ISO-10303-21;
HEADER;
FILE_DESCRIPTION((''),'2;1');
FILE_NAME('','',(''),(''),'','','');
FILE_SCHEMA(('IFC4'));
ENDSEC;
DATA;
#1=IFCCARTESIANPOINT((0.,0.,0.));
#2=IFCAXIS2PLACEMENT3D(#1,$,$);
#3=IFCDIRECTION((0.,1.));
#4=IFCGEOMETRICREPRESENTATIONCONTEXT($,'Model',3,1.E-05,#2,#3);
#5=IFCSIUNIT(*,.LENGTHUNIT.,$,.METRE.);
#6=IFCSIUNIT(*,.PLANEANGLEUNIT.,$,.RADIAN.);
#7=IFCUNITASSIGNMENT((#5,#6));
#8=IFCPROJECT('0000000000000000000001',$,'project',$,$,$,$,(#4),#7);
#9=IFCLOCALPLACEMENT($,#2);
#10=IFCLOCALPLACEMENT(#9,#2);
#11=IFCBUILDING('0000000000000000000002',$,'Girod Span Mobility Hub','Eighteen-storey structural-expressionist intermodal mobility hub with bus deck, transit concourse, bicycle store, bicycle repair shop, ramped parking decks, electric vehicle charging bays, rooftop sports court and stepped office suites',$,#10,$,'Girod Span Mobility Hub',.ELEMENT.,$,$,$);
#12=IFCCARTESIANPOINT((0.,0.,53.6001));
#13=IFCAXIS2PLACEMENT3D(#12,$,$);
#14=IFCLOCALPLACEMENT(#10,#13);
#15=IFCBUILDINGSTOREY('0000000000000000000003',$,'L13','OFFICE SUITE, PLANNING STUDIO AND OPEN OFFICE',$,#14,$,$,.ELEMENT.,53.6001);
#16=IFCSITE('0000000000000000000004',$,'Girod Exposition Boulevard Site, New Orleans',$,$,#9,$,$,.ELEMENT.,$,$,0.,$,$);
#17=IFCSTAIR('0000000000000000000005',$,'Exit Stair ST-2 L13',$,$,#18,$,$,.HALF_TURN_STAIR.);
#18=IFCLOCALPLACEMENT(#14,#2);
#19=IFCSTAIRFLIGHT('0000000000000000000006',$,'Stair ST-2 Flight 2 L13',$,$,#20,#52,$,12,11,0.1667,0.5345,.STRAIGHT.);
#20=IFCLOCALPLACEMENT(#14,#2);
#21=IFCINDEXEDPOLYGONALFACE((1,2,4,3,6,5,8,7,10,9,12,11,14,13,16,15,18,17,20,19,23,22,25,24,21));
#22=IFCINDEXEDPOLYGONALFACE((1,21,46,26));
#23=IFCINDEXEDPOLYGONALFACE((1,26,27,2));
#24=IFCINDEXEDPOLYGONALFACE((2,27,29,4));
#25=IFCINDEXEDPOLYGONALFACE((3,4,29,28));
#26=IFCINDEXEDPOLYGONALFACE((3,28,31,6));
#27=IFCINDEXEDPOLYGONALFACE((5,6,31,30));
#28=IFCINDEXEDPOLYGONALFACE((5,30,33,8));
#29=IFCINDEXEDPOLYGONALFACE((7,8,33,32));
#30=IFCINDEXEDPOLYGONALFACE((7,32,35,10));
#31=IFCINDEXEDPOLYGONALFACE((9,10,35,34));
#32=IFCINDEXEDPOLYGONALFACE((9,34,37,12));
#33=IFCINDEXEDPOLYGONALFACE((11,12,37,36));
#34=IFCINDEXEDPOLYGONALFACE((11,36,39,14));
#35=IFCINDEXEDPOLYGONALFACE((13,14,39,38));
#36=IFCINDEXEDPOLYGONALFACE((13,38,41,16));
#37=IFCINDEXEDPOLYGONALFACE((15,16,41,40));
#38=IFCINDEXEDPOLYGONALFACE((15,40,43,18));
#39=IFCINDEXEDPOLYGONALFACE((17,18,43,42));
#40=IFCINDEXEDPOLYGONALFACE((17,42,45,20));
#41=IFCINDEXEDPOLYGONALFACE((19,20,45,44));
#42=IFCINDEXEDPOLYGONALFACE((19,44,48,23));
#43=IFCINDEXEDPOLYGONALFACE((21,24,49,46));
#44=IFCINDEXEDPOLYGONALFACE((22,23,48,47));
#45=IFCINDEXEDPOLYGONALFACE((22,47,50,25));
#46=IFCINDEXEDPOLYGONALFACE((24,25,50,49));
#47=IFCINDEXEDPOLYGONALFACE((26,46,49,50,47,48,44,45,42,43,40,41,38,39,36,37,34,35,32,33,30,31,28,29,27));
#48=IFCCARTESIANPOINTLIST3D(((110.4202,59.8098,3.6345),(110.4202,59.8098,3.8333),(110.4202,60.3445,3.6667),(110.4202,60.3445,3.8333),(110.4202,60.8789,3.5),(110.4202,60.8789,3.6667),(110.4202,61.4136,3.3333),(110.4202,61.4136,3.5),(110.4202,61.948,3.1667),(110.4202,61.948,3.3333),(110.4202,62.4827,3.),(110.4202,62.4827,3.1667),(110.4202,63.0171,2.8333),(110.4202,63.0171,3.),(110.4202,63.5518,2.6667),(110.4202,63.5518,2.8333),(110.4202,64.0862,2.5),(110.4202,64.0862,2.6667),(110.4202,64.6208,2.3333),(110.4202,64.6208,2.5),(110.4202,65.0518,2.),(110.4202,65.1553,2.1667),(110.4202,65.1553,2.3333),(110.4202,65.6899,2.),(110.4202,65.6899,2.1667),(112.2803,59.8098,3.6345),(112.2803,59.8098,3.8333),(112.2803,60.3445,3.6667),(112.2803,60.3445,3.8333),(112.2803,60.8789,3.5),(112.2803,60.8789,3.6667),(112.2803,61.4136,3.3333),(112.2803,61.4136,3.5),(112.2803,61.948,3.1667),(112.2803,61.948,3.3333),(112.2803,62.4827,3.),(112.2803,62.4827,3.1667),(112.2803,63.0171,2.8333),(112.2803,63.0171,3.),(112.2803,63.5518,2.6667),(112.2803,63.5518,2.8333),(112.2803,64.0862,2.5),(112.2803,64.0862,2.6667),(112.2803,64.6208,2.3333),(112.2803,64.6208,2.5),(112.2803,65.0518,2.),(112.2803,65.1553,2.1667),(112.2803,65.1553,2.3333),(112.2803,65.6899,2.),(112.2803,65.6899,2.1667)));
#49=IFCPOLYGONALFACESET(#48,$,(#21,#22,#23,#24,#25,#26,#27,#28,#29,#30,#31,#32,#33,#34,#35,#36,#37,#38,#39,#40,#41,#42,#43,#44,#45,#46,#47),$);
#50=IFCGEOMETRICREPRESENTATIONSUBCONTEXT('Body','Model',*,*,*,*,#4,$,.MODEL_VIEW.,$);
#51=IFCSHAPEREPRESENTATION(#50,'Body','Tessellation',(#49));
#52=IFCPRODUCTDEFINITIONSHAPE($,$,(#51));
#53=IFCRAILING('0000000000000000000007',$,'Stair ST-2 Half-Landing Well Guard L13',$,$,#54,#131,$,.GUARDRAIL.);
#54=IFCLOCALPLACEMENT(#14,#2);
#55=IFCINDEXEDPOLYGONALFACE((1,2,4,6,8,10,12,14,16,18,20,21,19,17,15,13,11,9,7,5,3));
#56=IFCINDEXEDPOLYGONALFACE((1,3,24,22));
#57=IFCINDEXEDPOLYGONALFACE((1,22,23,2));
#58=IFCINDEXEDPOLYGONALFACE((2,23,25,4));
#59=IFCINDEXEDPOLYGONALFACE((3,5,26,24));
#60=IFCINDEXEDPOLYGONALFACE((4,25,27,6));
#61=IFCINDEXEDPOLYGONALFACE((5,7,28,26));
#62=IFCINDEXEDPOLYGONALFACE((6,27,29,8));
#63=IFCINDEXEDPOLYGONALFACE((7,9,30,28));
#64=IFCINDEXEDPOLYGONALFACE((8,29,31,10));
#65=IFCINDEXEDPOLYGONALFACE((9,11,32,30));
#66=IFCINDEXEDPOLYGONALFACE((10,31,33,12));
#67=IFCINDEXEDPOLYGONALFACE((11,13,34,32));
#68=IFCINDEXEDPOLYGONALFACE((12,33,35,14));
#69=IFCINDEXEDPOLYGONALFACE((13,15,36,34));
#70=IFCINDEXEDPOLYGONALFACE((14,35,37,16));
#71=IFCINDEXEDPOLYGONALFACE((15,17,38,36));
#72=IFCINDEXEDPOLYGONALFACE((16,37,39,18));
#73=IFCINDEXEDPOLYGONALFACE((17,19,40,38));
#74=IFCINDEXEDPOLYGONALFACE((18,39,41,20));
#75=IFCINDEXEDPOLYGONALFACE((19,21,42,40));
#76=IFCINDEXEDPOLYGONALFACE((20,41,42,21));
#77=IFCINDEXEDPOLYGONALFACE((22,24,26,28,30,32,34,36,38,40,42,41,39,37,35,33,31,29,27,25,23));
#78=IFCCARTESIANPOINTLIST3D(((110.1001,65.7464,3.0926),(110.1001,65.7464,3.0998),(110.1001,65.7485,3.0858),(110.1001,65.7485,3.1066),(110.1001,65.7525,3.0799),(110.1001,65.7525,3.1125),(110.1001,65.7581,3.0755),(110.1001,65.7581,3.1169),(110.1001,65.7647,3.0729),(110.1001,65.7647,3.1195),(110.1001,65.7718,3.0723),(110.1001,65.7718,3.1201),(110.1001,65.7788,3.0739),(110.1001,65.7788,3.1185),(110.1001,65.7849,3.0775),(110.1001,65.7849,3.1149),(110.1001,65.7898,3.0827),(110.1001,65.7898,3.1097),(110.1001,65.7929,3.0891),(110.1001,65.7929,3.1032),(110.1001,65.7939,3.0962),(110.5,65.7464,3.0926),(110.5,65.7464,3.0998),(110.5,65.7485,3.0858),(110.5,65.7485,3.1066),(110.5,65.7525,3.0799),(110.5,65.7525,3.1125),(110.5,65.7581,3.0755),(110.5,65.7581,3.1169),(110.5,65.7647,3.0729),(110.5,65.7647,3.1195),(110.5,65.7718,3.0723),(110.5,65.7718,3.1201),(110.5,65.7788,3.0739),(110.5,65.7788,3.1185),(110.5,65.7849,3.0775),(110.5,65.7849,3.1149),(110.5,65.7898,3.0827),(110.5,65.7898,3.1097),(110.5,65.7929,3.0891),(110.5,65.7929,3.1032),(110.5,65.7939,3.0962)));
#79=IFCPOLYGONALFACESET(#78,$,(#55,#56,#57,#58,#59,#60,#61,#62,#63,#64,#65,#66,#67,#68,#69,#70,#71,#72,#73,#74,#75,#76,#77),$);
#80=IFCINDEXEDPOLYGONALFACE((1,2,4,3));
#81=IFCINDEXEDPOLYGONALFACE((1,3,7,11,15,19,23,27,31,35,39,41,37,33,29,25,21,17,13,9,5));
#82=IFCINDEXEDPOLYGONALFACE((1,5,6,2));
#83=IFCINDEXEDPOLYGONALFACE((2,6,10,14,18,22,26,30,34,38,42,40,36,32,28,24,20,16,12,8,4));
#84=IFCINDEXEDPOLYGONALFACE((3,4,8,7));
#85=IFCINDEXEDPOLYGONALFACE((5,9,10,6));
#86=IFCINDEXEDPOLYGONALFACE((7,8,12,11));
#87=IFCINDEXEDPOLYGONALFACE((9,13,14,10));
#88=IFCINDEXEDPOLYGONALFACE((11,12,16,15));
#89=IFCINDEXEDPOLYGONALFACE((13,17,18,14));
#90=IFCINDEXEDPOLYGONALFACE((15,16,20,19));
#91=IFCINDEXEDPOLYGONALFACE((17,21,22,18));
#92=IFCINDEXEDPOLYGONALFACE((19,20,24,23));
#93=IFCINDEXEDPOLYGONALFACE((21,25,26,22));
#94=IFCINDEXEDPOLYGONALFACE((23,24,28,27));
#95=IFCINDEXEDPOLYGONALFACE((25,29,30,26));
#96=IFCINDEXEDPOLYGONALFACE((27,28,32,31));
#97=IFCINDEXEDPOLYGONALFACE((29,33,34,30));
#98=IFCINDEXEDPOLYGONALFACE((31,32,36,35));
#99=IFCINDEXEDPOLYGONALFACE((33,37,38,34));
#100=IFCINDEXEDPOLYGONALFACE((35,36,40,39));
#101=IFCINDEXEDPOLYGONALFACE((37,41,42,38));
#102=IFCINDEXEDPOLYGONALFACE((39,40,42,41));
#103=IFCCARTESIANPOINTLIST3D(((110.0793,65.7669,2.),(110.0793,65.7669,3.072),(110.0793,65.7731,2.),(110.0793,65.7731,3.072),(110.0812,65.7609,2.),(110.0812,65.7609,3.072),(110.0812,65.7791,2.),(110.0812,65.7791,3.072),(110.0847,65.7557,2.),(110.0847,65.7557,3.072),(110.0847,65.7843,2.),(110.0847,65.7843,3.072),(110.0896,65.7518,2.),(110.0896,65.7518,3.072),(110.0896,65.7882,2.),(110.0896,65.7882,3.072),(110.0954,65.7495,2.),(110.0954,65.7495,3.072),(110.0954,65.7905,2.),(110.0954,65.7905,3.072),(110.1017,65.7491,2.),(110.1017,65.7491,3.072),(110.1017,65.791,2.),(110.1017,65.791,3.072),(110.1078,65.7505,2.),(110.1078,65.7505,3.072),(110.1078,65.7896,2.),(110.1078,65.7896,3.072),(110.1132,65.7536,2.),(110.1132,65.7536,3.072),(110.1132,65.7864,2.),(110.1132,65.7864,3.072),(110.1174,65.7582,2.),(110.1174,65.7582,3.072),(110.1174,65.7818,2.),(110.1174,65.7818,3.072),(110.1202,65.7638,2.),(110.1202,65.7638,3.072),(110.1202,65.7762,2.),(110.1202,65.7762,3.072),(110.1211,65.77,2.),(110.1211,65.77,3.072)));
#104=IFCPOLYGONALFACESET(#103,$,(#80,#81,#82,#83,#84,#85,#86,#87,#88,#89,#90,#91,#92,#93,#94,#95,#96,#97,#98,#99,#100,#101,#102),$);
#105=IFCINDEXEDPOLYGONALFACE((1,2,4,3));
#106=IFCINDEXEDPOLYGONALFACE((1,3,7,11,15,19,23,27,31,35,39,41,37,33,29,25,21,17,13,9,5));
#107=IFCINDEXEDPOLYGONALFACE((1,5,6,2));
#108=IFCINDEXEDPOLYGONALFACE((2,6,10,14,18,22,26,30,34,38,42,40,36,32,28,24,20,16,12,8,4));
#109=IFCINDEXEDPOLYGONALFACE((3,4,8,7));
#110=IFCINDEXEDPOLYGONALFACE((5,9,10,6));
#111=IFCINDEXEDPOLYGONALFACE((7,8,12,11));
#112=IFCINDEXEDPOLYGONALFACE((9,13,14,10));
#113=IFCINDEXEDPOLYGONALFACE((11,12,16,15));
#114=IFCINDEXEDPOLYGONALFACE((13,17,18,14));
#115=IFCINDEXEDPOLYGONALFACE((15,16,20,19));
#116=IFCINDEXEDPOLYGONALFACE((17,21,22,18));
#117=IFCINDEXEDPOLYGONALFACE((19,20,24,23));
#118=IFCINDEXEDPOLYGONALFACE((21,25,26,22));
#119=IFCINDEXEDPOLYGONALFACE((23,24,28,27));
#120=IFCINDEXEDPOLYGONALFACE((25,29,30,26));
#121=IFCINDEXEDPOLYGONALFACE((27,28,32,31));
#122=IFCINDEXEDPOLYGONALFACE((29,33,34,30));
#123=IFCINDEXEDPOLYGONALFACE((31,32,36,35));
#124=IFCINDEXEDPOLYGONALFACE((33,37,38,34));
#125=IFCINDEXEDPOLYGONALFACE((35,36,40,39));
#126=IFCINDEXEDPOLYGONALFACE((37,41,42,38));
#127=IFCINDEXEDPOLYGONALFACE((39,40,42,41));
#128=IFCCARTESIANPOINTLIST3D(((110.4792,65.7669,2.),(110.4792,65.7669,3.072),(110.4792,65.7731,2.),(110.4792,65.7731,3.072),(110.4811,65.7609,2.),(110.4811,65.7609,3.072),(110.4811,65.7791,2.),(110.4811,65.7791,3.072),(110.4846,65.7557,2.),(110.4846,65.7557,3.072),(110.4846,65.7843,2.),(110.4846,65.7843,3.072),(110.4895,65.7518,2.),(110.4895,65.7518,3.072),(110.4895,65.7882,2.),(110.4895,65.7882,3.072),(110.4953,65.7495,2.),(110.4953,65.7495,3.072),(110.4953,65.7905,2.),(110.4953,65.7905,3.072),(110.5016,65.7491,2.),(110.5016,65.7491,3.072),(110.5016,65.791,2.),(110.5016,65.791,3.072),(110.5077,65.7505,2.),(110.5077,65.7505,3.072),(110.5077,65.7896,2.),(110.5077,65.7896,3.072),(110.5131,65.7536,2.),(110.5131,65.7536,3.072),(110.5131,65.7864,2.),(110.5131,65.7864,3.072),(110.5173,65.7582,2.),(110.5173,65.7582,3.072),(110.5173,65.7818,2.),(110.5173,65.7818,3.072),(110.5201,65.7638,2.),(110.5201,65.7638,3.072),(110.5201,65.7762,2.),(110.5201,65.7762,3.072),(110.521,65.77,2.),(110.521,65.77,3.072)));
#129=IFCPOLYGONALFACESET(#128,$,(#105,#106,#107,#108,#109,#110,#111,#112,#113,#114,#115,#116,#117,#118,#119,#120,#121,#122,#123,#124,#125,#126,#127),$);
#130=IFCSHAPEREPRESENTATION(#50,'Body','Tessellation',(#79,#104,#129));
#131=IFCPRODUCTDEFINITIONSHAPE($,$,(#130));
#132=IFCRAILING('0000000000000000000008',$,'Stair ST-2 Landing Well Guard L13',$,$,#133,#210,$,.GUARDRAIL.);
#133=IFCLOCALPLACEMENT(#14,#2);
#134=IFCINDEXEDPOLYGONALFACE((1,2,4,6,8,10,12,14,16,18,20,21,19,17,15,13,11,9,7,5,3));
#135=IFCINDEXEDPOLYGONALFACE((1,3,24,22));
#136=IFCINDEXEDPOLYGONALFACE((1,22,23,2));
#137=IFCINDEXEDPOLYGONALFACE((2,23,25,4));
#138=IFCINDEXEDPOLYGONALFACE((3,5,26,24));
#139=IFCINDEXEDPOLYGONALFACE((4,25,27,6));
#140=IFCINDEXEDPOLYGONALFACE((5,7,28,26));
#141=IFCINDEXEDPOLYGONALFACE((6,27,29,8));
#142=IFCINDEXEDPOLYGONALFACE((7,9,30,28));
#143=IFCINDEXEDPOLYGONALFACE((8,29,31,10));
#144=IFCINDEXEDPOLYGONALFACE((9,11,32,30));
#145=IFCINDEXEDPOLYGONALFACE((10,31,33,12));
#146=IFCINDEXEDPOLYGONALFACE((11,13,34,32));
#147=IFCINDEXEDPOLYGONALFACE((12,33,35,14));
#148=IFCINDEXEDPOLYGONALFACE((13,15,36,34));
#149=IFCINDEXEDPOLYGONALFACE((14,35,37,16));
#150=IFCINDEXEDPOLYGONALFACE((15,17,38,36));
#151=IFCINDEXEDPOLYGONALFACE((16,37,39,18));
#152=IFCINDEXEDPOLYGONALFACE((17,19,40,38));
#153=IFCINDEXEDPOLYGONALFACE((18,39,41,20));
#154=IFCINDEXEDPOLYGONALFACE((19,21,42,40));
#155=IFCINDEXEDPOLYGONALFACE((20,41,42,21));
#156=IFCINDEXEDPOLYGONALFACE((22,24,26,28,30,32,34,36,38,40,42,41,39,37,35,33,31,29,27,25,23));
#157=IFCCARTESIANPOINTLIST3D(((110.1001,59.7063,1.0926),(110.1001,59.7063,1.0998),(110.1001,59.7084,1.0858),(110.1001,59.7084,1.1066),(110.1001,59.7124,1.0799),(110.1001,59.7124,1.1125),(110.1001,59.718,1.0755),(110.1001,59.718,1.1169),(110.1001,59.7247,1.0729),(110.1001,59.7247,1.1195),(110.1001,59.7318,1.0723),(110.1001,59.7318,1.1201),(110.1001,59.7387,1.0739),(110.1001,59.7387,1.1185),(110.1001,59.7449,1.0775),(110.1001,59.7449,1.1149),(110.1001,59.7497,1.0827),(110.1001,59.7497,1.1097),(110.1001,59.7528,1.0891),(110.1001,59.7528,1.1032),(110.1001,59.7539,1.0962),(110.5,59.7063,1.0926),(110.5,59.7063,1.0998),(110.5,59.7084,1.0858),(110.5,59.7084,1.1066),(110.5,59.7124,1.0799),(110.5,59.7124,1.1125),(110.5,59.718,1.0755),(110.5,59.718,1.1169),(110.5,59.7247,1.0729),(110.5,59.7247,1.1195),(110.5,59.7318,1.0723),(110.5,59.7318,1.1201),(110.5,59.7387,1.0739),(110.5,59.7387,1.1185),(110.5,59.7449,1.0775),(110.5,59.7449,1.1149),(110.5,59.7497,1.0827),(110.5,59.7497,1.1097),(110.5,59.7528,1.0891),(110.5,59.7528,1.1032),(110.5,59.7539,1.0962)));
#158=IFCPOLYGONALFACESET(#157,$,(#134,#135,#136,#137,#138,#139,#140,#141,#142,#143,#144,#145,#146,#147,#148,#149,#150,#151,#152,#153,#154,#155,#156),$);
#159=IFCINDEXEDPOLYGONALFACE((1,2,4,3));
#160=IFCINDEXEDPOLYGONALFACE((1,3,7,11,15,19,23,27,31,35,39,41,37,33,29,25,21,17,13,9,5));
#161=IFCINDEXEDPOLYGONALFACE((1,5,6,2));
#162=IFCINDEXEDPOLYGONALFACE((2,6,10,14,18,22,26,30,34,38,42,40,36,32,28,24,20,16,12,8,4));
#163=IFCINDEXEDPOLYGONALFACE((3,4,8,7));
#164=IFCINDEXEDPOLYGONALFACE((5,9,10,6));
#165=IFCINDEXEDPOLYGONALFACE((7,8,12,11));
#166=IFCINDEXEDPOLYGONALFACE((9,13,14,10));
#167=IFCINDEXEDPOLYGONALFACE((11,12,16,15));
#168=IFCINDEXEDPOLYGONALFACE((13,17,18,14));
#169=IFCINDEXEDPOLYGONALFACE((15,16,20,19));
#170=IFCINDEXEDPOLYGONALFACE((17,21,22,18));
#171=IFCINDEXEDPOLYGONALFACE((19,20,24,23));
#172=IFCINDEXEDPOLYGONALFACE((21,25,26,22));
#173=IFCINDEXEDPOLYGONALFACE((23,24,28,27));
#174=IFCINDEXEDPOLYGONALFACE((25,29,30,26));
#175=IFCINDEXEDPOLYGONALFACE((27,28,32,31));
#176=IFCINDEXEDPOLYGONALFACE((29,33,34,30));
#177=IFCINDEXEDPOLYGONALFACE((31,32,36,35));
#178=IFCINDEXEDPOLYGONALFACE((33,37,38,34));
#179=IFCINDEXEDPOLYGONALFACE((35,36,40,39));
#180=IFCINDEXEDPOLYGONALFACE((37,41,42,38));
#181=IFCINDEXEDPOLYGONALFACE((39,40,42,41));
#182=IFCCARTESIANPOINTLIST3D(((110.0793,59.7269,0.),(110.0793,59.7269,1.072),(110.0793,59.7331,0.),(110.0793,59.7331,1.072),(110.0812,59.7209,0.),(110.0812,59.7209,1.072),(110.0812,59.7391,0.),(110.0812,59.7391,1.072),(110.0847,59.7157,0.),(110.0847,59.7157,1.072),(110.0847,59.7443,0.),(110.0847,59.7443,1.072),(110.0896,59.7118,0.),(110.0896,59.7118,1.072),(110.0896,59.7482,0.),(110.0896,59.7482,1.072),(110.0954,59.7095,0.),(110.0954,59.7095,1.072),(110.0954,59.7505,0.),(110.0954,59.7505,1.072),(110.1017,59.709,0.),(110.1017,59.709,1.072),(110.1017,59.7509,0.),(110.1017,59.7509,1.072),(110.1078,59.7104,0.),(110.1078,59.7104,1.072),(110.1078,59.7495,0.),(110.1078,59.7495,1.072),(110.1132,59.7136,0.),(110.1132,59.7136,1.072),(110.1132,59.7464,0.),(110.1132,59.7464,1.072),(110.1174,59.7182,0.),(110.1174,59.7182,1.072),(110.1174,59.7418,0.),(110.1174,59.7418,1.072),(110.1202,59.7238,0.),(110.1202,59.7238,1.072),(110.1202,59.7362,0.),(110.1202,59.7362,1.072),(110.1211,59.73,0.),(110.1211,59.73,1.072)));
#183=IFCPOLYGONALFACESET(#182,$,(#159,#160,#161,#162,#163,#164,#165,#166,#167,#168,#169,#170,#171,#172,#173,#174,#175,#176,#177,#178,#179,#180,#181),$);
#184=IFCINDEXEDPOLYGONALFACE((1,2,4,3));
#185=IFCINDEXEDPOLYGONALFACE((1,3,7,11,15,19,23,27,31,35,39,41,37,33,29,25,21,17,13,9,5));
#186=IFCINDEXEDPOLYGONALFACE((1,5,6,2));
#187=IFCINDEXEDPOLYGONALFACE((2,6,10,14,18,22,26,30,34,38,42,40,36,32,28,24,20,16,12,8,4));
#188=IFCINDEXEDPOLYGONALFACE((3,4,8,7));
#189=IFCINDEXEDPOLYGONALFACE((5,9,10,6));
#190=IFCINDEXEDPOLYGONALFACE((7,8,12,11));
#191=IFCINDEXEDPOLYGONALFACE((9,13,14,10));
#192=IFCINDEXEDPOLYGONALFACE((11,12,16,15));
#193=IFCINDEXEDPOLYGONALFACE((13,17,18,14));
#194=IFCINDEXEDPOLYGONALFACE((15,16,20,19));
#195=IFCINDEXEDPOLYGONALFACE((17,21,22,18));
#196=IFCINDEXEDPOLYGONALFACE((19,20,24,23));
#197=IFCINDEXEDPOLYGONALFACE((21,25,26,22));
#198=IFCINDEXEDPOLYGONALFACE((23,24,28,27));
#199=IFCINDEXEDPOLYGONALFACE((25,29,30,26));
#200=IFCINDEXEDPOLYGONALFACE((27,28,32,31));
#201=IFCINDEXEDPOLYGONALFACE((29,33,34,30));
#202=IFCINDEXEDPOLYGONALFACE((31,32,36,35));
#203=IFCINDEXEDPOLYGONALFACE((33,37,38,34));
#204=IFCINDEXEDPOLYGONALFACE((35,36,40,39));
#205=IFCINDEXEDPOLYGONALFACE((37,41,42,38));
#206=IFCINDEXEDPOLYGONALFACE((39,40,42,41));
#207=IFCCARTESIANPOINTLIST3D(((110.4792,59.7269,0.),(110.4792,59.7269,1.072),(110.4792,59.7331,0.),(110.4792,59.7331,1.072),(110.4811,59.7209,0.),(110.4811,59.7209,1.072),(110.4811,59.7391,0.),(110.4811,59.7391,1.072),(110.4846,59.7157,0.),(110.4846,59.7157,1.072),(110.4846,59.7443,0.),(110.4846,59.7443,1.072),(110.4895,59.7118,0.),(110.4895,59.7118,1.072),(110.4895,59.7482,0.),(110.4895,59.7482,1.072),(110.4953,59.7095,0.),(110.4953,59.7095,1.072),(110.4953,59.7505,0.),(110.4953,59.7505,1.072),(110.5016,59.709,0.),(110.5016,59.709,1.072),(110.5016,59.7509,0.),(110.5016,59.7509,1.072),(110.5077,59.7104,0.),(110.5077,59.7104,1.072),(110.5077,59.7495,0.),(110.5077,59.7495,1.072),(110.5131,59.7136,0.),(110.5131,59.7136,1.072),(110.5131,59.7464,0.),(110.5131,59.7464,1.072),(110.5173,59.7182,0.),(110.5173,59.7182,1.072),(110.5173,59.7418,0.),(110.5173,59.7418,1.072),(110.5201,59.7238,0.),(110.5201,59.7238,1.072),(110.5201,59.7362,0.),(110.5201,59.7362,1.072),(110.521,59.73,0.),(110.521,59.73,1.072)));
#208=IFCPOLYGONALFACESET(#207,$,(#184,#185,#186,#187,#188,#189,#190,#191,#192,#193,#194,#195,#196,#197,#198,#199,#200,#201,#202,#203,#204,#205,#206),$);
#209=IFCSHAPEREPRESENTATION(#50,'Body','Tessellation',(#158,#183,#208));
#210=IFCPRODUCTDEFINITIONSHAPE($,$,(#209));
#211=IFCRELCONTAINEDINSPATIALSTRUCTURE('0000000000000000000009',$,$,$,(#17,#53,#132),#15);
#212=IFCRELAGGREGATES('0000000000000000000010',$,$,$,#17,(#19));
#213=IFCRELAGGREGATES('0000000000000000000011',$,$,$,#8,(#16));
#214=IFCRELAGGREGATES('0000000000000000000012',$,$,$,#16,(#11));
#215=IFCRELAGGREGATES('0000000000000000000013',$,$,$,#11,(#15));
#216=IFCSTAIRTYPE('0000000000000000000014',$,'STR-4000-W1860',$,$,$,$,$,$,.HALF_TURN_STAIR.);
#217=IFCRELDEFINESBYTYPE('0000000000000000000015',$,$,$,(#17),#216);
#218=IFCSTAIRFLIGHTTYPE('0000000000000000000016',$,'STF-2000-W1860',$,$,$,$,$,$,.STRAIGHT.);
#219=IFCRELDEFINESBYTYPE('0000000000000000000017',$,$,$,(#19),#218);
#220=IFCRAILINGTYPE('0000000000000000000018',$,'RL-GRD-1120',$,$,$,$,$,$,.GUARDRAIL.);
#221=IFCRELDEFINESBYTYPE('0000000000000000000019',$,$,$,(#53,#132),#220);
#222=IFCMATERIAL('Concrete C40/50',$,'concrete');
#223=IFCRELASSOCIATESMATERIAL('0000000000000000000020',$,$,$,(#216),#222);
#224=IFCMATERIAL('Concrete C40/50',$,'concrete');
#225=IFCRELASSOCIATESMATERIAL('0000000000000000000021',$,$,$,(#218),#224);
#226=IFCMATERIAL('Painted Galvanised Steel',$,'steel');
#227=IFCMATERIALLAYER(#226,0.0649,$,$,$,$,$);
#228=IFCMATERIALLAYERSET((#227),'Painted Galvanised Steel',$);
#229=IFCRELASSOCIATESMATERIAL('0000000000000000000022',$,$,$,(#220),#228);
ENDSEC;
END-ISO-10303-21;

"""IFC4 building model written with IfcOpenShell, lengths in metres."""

from ifc_helpers import new_model, si_unit, direction, frame, origin, origin_2d, place, context, subcontext, project, spatial, polyline, circle, outline, extrude, material, layer, layer_set, type_object, element, aggregate, save


model = new_model("IFC4")

# Units and contexts
model_context = context("Model", 3, precision=1e-05, world=origin(), true_north=direction((0.0, 1.0)))
body_context = subcontext(model_context, "Body", "Model", "MODEL_VIEW")
ifc_project = project(units=[si_unit("LENGTHUNIT", "METRE"), si_unit("PLANEANGLEUNIT", "RADIAN")], contexts=[model_context])

# Site, building, storey
site_placement = place(None, origin())
site = spatial("IfcSite", under=ifc_project, at=site_placement, Name="Girod Exposition Boulevard Site, New Orleans", CompositionType="ELEMENT", RefElevation=0.0)
building_placement = place(site_placement, origin())
building = spatial("IfcBuilding", under=site, at=building_placement, Name="Girod Span Mobility Hub", Description="Eighteen-storey structural-expressionist intermodal mobility hub with bus deck, transit concourse, bicycle store, bicycle repair shop, ramped parking decks, electric vehicle charging bays, rooftop sports court and stepped office suites", LongName="Girod Span Mobility Hub", CompositionType="ELEMENT")
storey_placement = place(building_placement, frame((0.0, 0.0, 53.6001)))
storey = spatial("IfcBuildingStorey", under=building, at=storey_placement, Name="L13", Description="OFFICE SUITE, PLANNING STUDIO AND OPEN OFFICE", CompositionType="ELEMENT", Elevation=53.6001)

# Stair, stair flight
ifc_material_1 = material(Name="Concrete C40/50", Category="concrete")
stair_type = type_object("IfcStairType", Name="STR-4000-W1860", PredefinedType="HALF_TURN_STAIR", material=ifc_material_1)
stair_placement = place(storey_placement, origin())
stair = element("IfcStair", 1, at=stair_placement, inside=storey, type_object=stair_type, Name="Exit Stair ST-2 L13", PredefinedType="HALF_TURN_STAIR")
ifc_material_2 = material(Name="Concrete C40/50", Category="concrete")
stair_flight_type = type_object("IfcStairFlightType", Name="STF-2000-W1860", PredefinedType="STRAIGHT", material=ifc_material_2)
stair_flight_1_placement = place(storey_placement, frame((111.3501, 65.6899, 2.0), z_axis=(0.0, 0.0, 1.0), x_axis=(0.0, -1.0, 0.0)))
stair_flight_1 = element("IfcStairFlight", 2, at=stair_flight_1_placement, type_object=stair_flight_type, Name="Stair ST-2 Flight 2 L13", NumberOfRisers=12, NumberOfTreads=11, PredefinedType="STRAIGHT", RiserHeight=0.1667, TreadLength=0.5345, context=body_context, shape_type="SweptSolid", body=[
    extrude(outline(polyline([(0.0, 0.0), (0.0, 0.1667), (0.5347, 0.1667), (0.5347, 0.3333), (1.0691, 0.3333), (1.0691, 0.5), (1.6038, 0.5), (1.6038, 0.6667), (2.1382, 0.6667), (2.1382, 0.8333), (2.6729, 0.8333), (2.6729, 1.0), (3.2073, 1.0), (3.2073, 1.1667), (3.7419, 1.1667), (3.7419, 1.3333), (4.2764, 1.3333), (4.2764, 1.5), (4.811, 1.5), (4.811, 1.6667), (5.3455, 1.6667), (5.3455, 1.8333), (5.8801, 1.8333), (5.8801, 2.0), (5.8801, 1.6345), (0.6382, 0.0), (0.0, 0.0)])), frame((0.0, 0.9302, 0.0), z_axis=(0.0, -1.0, 0.0), x_axis=(1.0, 0.0, 0.0)), (0.0, 0.0, 1.0), 1.8601),
])
aggregate(stair, [stair_flight_1])

# Railings
ifc_material_3 = material(Name="Painted Galvanised Steel", Category="steel")
ifc_layer_1 = layer(ifc_material_3, 0.0649)
ifc_layer_set_1 = layer_set([ifc_layer_1], Name="Painted Galvanised Steel")
railing_type_1 = type_object("IfcRailingType", Name="RL-GRD-1120", PredefinedType="GUARDRAIL", material=ifc_layer_set_1)
for number, where, name in (
    (3, (110.1001, 65.77, 2.0), "Stair ST-2 Half-Landing Well Guard L13"),
    (4, (110.1001, 59.73, 0.0), "Stair ST-2 Landing Well Guard L13"),
):
    element("IfcRailing", number, at=place(storey_placement, frame(where)), inside=storey, type_object=railing_type_1, Name=name, PredefinedType="GUARDRAIL", context=body_context, shape_type="SweptSolid", body=[
        extrude(circle(Radius=0.0239, at=origin_2d()), frame((0.0, 0.0, 1.0962), z_axis=(1.0, 0.0, 0.0), x_axis=(0.0, 1.0, 0.0)), (0.0, 0.0, 1.0), 0.3999),
        extrude(circle(Radius=0.021, at=origin_2d()), origin(), (0.0, 0.0, 1.0), 1.072),
        extrude(circle(Radius=0.021, at=origin_2d()), frame((0.3999, 0.0, 0.0)), (0.0, 0.0, 1.0), 1.072),
    ])

save(model, "model.ifc")
